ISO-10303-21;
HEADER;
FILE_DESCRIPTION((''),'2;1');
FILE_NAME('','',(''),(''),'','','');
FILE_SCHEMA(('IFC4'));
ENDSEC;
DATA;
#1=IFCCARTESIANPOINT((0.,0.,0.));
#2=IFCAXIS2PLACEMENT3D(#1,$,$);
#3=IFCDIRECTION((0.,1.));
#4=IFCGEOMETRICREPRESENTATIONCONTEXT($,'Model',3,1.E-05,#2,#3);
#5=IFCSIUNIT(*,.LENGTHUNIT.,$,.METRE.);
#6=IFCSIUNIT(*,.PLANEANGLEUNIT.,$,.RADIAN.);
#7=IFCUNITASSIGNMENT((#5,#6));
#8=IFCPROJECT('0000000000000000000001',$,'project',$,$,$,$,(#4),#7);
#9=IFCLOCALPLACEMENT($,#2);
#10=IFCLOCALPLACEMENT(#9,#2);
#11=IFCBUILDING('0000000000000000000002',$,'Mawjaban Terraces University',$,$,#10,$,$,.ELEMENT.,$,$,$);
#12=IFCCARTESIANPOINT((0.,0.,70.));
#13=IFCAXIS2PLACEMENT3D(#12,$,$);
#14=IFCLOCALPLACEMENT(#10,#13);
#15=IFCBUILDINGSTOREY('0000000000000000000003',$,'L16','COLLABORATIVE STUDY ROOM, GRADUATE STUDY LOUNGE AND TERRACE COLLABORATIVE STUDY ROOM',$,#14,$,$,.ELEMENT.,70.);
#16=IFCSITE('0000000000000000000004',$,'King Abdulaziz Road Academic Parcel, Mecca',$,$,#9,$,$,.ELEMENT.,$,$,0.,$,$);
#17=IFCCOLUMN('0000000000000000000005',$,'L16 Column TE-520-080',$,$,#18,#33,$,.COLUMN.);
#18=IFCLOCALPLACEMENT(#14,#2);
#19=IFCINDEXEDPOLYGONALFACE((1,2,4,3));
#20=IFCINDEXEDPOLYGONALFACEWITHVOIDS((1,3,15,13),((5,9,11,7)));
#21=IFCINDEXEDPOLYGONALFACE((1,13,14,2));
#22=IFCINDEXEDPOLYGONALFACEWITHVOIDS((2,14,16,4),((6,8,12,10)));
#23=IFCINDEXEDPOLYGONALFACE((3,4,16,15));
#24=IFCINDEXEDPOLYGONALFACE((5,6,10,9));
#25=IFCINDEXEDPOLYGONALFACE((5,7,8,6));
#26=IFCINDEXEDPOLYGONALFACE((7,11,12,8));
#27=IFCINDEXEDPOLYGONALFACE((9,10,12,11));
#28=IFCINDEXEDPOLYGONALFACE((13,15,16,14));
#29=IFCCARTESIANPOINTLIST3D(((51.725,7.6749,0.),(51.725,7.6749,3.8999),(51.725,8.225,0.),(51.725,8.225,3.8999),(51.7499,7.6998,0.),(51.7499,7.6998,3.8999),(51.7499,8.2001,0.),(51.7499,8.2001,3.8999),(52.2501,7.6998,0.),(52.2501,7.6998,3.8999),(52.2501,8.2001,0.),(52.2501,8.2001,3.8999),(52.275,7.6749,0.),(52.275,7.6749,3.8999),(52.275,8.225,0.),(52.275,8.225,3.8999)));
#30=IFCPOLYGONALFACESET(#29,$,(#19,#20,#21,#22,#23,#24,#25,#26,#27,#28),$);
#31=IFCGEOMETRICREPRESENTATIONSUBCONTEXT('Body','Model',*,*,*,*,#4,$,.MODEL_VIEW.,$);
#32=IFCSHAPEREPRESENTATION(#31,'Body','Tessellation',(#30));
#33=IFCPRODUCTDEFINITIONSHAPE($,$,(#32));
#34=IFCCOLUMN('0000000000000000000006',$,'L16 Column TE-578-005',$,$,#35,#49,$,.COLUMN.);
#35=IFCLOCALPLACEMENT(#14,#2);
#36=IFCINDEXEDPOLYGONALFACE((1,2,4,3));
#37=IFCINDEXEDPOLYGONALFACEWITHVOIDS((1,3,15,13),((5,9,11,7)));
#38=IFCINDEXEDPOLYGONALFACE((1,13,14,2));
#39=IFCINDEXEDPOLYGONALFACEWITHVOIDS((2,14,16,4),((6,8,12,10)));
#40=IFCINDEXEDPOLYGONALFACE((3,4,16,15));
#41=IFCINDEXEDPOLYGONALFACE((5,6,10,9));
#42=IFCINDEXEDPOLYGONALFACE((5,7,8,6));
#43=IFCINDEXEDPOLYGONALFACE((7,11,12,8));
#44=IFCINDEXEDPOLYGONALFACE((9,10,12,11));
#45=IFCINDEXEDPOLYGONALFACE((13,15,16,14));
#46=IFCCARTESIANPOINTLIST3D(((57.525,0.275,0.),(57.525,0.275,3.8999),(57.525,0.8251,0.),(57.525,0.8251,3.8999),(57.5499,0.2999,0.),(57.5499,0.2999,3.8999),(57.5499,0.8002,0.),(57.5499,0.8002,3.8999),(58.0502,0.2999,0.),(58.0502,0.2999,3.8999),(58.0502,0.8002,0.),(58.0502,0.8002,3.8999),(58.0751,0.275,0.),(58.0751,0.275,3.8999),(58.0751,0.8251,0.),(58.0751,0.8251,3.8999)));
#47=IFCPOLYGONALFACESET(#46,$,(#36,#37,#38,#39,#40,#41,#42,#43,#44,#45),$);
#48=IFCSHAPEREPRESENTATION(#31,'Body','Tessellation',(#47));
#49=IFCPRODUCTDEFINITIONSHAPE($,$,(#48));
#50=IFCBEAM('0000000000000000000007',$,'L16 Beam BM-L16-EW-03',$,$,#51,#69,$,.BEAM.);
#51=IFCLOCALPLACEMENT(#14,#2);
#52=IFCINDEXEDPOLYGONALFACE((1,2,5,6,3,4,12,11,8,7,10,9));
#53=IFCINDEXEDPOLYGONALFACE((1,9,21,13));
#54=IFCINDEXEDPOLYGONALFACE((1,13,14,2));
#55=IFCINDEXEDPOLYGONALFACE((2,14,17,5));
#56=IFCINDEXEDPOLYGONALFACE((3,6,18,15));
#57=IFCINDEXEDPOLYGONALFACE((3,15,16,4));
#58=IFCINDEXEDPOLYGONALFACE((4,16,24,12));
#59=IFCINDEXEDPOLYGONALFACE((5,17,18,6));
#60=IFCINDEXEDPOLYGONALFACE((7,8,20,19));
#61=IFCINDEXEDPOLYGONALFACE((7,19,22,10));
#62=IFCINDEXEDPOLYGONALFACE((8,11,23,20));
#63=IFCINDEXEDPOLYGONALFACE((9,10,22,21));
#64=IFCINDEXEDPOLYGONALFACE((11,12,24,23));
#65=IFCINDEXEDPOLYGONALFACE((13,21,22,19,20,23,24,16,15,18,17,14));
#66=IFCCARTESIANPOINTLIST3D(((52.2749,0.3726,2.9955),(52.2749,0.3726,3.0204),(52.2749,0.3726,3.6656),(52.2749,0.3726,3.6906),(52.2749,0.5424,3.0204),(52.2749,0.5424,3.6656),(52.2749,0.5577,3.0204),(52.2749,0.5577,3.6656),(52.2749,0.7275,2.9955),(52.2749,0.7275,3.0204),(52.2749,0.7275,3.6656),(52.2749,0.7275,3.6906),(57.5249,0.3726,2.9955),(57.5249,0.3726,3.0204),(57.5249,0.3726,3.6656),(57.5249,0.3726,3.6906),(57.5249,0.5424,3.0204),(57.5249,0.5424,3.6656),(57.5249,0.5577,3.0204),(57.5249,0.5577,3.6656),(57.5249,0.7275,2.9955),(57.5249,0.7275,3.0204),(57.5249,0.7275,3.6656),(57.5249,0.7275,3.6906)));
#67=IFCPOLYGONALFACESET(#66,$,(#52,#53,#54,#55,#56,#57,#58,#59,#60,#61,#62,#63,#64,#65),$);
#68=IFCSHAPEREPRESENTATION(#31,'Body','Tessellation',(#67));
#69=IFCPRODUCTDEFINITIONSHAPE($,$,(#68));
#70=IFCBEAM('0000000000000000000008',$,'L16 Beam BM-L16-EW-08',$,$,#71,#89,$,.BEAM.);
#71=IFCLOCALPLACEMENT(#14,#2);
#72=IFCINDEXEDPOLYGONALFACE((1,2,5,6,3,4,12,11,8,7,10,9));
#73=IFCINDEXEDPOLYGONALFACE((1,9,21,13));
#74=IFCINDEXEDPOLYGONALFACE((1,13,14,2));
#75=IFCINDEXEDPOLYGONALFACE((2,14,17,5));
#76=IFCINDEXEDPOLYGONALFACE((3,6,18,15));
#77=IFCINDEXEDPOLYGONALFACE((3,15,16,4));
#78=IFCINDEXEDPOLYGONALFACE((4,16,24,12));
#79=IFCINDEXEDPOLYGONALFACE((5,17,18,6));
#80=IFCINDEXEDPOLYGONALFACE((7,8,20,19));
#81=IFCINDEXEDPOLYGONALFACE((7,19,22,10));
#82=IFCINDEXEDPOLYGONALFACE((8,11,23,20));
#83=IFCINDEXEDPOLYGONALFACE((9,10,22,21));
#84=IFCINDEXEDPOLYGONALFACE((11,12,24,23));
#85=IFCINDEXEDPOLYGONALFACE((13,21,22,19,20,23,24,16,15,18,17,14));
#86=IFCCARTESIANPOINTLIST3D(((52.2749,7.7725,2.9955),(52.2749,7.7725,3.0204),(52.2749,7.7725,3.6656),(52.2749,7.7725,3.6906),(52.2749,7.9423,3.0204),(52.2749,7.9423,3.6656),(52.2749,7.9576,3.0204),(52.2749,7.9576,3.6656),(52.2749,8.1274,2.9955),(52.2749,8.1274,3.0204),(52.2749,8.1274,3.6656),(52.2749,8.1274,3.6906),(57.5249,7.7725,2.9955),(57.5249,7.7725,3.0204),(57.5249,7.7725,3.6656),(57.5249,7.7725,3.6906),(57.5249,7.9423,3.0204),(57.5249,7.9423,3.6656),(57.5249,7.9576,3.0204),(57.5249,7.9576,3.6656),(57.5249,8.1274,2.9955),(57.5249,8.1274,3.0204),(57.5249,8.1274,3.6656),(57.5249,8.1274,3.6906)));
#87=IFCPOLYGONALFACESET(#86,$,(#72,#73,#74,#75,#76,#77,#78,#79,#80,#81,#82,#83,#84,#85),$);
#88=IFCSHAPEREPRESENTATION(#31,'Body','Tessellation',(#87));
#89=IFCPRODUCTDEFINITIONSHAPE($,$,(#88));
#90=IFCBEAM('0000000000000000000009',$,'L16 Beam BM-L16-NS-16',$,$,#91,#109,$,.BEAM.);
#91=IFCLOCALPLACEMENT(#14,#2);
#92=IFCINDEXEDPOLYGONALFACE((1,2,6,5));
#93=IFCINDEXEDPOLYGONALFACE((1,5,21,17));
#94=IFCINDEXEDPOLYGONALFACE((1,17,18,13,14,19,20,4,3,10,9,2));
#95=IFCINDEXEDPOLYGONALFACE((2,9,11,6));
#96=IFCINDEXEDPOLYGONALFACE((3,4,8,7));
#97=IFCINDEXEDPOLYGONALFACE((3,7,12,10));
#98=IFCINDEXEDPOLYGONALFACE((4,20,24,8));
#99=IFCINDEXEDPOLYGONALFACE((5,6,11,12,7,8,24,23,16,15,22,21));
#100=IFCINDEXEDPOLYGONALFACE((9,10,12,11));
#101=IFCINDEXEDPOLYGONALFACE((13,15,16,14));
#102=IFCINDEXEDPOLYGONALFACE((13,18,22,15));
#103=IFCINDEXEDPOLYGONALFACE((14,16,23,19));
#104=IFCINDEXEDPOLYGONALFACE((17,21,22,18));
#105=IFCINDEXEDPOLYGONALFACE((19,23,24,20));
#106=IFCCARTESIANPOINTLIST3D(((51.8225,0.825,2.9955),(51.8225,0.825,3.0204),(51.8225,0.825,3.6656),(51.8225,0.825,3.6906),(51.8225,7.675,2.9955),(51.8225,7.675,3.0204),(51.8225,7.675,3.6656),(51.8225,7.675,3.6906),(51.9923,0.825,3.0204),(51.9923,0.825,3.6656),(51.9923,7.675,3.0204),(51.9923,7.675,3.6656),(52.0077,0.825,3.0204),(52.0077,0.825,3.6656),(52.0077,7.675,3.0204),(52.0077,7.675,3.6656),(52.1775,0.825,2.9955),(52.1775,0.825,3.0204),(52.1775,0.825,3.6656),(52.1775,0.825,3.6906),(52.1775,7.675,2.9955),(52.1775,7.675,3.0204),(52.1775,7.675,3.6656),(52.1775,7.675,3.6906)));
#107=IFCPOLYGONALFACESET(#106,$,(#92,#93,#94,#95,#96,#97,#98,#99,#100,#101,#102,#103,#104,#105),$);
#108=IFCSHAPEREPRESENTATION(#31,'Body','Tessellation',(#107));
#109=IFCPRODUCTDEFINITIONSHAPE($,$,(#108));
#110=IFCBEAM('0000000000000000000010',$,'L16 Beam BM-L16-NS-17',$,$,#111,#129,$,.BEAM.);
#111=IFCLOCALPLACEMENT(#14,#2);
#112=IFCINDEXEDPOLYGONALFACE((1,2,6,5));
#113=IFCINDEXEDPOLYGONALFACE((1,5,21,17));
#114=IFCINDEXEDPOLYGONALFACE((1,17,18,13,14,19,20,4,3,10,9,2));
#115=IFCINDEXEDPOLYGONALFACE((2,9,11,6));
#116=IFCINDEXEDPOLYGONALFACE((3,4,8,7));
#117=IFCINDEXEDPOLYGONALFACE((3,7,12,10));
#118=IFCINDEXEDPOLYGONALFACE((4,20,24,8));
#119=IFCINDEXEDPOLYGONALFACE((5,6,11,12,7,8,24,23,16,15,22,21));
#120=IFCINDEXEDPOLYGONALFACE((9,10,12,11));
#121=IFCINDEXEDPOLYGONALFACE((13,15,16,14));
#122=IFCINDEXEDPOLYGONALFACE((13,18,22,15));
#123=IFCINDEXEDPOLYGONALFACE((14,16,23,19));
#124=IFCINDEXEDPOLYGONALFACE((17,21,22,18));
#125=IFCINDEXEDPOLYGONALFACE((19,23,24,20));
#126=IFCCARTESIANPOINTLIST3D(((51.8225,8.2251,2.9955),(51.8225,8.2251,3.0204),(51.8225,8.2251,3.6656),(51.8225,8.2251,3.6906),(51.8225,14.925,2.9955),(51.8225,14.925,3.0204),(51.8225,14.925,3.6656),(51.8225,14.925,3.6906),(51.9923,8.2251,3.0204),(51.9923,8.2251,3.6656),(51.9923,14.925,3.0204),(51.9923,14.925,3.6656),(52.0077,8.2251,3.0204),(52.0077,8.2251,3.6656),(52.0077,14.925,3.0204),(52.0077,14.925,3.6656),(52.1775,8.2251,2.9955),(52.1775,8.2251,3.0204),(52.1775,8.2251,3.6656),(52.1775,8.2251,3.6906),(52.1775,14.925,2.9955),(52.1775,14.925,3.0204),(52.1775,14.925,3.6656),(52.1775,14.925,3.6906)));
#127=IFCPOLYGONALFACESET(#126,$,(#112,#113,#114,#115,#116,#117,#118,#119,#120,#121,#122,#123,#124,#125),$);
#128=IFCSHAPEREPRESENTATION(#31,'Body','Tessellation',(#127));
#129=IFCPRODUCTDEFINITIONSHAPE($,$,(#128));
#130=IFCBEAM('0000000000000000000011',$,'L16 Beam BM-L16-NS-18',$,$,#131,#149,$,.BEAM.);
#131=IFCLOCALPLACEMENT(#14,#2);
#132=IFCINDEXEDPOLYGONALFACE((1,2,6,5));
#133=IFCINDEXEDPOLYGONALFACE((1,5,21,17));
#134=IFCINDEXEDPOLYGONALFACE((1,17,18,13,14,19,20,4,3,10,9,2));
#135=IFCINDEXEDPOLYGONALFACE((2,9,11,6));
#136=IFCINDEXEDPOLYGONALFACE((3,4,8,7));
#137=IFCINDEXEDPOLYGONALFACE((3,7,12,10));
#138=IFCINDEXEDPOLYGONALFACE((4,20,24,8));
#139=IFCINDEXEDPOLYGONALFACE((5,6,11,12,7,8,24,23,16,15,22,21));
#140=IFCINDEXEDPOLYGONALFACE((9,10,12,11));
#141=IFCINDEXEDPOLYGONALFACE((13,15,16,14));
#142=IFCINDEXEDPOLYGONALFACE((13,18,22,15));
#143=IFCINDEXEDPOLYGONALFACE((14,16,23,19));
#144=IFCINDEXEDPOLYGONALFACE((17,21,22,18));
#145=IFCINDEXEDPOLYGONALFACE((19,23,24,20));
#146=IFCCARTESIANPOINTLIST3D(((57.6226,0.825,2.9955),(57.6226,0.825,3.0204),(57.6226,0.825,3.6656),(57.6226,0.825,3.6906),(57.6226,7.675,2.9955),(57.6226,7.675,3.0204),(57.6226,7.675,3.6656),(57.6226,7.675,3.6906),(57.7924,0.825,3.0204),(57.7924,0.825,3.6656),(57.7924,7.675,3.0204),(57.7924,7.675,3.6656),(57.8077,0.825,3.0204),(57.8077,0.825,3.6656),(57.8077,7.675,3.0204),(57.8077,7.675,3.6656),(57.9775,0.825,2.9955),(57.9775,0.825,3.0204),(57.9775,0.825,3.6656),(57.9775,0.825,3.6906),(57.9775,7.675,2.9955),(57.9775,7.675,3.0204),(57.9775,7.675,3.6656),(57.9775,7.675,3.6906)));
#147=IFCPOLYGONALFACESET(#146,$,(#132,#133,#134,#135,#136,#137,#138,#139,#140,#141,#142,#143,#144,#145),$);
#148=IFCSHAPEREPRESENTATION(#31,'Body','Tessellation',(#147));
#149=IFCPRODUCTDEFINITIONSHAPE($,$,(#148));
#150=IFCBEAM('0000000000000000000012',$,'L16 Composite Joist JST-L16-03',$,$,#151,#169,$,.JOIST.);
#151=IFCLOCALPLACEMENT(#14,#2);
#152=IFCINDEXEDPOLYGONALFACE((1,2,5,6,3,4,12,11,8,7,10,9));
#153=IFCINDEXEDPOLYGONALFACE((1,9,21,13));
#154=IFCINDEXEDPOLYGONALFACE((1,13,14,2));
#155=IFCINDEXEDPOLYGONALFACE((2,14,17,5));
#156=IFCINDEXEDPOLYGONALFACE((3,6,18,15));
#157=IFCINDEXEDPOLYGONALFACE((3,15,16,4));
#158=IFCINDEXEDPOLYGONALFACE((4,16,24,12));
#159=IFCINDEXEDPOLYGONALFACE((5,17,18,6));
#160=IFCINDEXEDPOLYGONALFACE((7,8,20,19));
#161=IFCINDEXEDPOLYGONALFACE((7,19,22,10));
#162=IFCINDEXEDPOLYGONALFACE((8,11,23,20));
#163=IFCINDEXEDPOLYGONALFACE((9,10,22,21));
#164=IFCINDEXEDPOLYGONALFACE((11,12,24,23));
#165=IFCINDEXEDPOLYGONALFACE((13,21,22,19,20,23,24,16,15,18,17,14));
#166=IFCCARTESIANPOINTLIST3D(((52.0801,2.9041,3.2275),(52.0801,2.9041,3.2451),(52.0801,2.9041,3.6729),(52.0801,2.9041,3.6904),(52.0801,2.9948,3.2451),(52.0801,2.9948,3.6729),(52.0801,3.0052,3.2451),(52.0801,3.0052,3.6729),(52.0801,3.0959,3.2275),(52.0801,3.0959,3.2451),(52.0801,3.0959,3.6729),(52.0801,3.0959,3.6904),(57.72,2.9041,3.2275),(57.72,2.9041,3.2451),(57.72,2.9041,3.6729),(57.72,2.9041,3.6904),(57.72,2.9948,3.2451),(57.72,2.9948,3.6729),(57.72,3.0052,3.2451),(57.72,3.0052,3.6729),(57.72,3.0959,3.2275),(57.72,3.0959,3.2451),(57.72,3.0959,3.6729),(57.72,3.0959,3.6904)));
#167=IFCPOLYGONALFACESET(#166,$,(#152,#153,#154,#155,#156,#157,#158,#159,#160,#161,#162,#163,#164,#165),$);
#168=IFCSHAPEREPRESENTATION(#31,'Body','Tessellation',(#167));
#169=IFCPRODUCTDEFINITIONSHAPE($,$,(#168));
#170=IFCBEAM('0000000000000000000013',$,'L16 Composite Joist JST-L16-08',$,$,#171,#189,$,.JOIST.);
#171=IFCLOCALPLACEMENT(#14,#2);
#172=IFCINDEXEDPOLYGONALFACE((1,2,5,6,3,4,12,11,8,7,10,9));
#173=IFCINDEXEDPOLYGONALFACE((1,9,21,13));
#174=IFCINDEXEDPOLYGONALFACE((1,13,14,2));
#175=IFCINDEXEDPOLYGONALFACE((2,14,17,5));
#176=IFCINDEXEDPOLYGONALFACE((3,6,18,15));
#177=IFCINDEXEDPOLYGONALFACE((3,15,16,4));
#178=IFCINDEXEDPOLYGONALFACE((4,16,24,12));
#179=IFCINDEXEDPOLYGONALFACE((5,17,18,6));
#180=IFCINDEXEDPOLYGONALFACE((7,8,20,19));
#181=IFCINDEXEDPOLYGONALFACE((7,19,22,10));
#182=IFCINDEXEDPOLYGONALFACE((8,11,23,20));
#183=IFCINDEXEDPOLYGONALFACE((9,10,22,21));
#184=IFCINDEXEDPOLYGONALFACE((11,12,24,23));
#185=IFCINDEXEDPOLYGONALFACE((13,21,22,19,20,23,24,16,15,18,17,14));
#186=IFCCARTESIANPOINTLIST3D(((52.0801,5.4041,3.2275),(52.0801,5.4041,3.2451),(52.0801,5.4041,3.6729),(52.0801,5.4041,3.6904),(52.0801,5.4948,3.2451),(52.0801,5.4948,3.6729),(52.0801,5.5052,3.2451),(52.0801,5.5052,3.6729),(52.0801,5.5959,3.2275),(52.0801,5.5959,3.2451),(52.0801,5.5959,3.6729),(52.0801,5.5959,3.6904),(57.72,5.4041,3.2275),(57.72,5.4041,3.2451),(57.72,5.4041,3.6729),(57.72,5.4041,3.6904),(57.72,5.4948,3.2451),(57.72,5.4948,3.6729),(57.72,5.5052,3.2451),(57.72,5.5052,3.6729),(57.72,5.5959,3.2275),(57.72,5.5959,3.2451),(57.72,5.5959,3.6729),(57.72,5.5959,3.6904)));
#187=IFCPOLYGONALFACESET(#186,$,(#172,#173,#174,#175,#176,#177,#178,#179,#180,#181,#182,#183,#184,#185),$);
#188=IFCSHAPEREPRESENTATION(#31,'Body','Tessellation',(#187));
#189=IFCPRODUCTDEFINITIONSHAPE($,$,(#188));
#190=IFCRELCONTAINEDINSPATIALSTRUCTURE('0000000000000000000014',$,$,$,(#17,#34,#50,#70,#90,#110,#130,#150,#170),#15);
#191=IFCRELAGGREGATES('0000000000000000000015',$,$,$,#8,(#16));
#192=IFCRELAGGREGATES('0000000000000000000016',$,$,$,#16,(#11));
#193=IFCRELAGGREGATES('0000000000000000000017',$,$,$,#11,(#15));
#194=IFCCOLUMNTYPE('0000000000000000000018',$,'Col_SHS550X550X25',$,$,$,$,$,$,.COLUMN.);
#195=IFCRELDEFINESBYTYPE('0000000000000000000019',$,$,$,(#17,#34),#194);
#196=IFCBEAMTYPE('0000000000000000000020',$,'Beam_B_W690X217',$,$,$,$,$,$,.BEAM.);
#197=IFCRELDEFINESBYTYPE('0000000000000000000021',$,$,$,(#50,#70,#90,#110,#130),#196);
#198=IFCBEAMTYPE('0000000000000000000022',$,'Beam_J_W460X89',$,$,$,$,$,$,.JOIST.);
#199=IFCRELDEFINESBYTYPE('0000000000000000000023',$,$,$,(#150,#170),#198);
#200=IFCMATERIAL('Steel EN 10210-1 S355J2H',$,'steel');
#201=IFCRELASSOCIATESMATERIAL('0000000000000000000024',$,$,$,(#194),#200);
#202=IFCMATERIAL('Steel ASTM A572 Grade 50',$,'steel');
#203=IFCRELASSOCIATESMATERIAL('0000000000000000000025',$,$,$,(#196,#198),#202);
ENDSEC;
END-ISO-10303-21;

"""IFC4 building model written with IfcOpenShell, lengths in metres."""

from ifc_helpers import new_model, si_unit, direction, frame, origin, origin_2d, place, context, subcontext, project, spatial, hollow_rectangle, i_section, extrude, material, material_profile, profile_set, type_object, element, save


model = new_model("IFC4")

# Units and contexts
model_context = context("Model", 3, precision=1e-05, world=origin(), true_north=direction((0.0, 1.0)))
body_context = subcontext(model_context, "Body", "Model", "MODEL_VIEW")
ifc_project = project(units=[si_unit("LENGTHUNIT", "METRE"), si_unit("PLANEANGLEUNIT", "RADIAN")], contexts=[model_context])

# Site, building, storey
site_placement = place(None, origin())
site = spatial("IfcSite", under=ifc_project, at=site_placement, Name="King Abdulaziz Road Academic Parcel, Mecca", CompositionType="ELEMENT", RefElevation=0.0)
building_placement = place(site_placement, origin())
building = spatial("IfcBuilding", under=site, at=building_placement, Name="Mawjaban Terraces University", CompositionType="ELEMENT")
storey_placement = place(building_placement, frame((0.0, 0.0, 70.0)))
storey = spatial("IfcBuildingStorey", under=building, at=storey_placement, Name="L16", Description="COLLABORATIVE STUDY ROOM, GRADUATE STUDY LOUNGE AND TERRACE COLLABORATIVE STUDY ROOM", CompositionType="ELEMENT", Elevation=70.0)

# Columns
ifc_material_1 = material(Name="Steel EN 10210-1 S355J2H", Category="steel")
ifc_material_profile_1 = material_profile(ifc_material_1, hollow_rectangle(XDim=0.55, YDim=0.55, WallThickness=0.0249, at=origin_2d()), Name="SHS550X550X25")
ifc_profile_set_1 = profile_set([ifc_material_profile_1], Name="Steel EN 10210-1 S355J2H")
column_type = type_object("IfcColumnType", Name="Col_SHS550X550X25", PredefinedType="COLUMN", material=ifc_profile_set_1)
for number, where, z_axis, x_axis, name in (
    (1, (52.0, 7.95, 0.0), (0.0, 0.0, 1.0), (1.0, 0.0, 0.0), "L16 Column TE-520-080"),
    (2, (57.8, 0.55, 0.0), (0.0, 0.0, 1.0), (1.0, 0.0, 0.0), "L16 Column TE-578-005"),
):
    element("IfcColumn", number, at=place(storey_placement, frame(where, z_axis=z_axis, x_axis=x_axis)), inside=storey, type_object=column_type, Name=name, PredefinedType="COLUMN", context=body_context, shape_type="SweptSolid", body=[
        extrude(hollow_rectangle(XDim=0.55, YDim=0.55, WallThickness=0.0249, at=origin_2d()), origin(), (0.0, 0.0, 1.0), 3.8999),
    ])

# Beams
ifc_material_2 = material(Name="Steel ASTM A572 Grade 50", Category="steel")
ifc_material_profile_2 = material_profile(ifc_material_2, i_section(OverallWidth=0.355, OverallDepth=0.6951, WebThickness=0.0154, FlangeThickness=0.0249, at=origin_2d()), Name="W690X217")
ifc_profile_set_2 = profile_set([ifc_material_profile_2], Name="Steel ASTM A572 Grade 50")
beam_type_1 = type_object("IfcBeamType", Name="Beam_B_W690X217", PredefinedType="BEAM", material=ifc_profile_set_2)
for number, where, z_axis, x_axis, name in (
    (3, (52.2749, 0.55, 3.343), (1.0, 0.0, 0.0), (0.0, 1.0, 0.0), "L16 Beam BM-L16-EW-03"),
    (4, (52.2749, 7.95, 3.343), (1.0, 0.0, 0.0), (0.0, 1.0, 0.0), "L16 Beam BM-L16-EW-08"),
):
    element("IfcBeam", number, at=place(storey_placement, frame(where, z_axis=z_axis, x_axis=x_axis)), inside=storey, type_object=beam_type_1, Name=name, PredefinedType="BEAM", context=body_context, shape_type="SweptSolid", body=[
        extrude(i_section(OverallWidth=0.355, OverallDepth=0.6951, WebThickness=0.0154, FlangeThickness=0.0249, at=origin_2d()), origin(), (0.0, 0.0, 1.0), 5.25),
    ])
beam_1_placement = place(storey_placement, frame((52.0, 0.825, 3.343), z_axis=(0.0, 1.0, 0.0), x_axis=(-1.0, 0.0, 0.0)))
element("IfcBeam", 5, at=beam_1_placement, inside=storey, type_object=beam_type_1, Name="L16 Beam BM-L16-NS-16", PredefinedType="BEAM", context=body_context, shape_type="SweptSolid", body=[
    extrude(i_section(OverallWidth=0.355, OverallDepth=0.6951, WebThickness=0.0154, FlangeThickness=0.0249, at=origin_2d()), origin(), (0.0, 0.0, 1.0), 6.8501),
])
beam_2_placement = place(storey_placement, frame((52.0, 8.2251, 3.343), z_axis=(0.0, 1.0, 0.0), x_axis=(-1.0, 0.0, 0.0)))
element("IfcBeam", 6, at=beam_2_placement, inside=storey, type_object=beam_type_1, Name="L16 Beam BM-L16-NS-17", PredefinedType="BEAM", context=body_context, shape_type="SweptSolid", body=[
    extrude(i_section(OverallWidth=0.355, OverallDepth=0.6951, WebThickness=0.0154, FlangeThickness=0.0249, at=origin_2d()), origin(), (0.0, 0.0, 1.0), 6.7),
])
beam_3_placement = place(storey_placement, frame((57.8, 0.825, 3.343), z_axis=(0.0, 1.0, 0.0), x_axis=(-1.0, 0.0, 0.0)))
element("IfcBeam", 7, at=beam_3_placement, inside=storey, type_object=beam_type_1, Name="L16 Beam BM-L16-NS-18", PredefinedType="BEAM", context=body_context, shape_type="SweptSolid", body=[
    extrude(i_section(OverallWidth=0.355, OverallDepth=0.6951, WebThickness=0.0154, FlangeThickness=0.0249, at=origin_2d()), origin(), (0.0, 0.0, 1.0), 6.8501),
])
ifc_material_profile_3 = material_profile(ifc_material_2, i_section(OverallWidth=0.1919, OverallDepth=0.4629, WebThickness=0.0105, FlangeThickness=0.0176, at=origin_2d()), Name="W460X89")
ifc_profile_set_3 = profile_set([ifc_material_profile_3], Name="Steel ASTM A572 Grade 50")
beam_type_2 = type_object("IfcBeamType", Name="Beam_J_W460X89", PredefinedType="JOIST", material=ifc_profile_set_3)
for number, where, z_axis, x_axis, name in (
    (8, (52.0801, 3.0, 3.459), (1.0, 0.0, 0.0), (0.0, 1.0, 0.0), "L16 Composite Joist JST-L16-03"),
    (9, (52.0801, 5.5, 3.459), (1.0, 0.0, 0.0), (0.0, 1.0, 0.0), "L16 Composite Joist JST-L16-08"),
):
    element("IfcBeam", number, at=place(storey_placement, frame(where, z_axis=z_axis, x_axis=x_axis)), inside=storey, type_object=beam_type_2, Name=name, PredefinedType="JOIST", context=body_context, shape_type="SweptSolid", body=[
        extrude(i_section(OverallWidth=0.1919, OverallDepth=0.4629, WebThickness=0.0105, FlangeThickness=0.0176, at=origin_2d()), origin(), (0.0, 0.0, 1.0), 5.6399),
    ])

save(model, "model.ifc")
